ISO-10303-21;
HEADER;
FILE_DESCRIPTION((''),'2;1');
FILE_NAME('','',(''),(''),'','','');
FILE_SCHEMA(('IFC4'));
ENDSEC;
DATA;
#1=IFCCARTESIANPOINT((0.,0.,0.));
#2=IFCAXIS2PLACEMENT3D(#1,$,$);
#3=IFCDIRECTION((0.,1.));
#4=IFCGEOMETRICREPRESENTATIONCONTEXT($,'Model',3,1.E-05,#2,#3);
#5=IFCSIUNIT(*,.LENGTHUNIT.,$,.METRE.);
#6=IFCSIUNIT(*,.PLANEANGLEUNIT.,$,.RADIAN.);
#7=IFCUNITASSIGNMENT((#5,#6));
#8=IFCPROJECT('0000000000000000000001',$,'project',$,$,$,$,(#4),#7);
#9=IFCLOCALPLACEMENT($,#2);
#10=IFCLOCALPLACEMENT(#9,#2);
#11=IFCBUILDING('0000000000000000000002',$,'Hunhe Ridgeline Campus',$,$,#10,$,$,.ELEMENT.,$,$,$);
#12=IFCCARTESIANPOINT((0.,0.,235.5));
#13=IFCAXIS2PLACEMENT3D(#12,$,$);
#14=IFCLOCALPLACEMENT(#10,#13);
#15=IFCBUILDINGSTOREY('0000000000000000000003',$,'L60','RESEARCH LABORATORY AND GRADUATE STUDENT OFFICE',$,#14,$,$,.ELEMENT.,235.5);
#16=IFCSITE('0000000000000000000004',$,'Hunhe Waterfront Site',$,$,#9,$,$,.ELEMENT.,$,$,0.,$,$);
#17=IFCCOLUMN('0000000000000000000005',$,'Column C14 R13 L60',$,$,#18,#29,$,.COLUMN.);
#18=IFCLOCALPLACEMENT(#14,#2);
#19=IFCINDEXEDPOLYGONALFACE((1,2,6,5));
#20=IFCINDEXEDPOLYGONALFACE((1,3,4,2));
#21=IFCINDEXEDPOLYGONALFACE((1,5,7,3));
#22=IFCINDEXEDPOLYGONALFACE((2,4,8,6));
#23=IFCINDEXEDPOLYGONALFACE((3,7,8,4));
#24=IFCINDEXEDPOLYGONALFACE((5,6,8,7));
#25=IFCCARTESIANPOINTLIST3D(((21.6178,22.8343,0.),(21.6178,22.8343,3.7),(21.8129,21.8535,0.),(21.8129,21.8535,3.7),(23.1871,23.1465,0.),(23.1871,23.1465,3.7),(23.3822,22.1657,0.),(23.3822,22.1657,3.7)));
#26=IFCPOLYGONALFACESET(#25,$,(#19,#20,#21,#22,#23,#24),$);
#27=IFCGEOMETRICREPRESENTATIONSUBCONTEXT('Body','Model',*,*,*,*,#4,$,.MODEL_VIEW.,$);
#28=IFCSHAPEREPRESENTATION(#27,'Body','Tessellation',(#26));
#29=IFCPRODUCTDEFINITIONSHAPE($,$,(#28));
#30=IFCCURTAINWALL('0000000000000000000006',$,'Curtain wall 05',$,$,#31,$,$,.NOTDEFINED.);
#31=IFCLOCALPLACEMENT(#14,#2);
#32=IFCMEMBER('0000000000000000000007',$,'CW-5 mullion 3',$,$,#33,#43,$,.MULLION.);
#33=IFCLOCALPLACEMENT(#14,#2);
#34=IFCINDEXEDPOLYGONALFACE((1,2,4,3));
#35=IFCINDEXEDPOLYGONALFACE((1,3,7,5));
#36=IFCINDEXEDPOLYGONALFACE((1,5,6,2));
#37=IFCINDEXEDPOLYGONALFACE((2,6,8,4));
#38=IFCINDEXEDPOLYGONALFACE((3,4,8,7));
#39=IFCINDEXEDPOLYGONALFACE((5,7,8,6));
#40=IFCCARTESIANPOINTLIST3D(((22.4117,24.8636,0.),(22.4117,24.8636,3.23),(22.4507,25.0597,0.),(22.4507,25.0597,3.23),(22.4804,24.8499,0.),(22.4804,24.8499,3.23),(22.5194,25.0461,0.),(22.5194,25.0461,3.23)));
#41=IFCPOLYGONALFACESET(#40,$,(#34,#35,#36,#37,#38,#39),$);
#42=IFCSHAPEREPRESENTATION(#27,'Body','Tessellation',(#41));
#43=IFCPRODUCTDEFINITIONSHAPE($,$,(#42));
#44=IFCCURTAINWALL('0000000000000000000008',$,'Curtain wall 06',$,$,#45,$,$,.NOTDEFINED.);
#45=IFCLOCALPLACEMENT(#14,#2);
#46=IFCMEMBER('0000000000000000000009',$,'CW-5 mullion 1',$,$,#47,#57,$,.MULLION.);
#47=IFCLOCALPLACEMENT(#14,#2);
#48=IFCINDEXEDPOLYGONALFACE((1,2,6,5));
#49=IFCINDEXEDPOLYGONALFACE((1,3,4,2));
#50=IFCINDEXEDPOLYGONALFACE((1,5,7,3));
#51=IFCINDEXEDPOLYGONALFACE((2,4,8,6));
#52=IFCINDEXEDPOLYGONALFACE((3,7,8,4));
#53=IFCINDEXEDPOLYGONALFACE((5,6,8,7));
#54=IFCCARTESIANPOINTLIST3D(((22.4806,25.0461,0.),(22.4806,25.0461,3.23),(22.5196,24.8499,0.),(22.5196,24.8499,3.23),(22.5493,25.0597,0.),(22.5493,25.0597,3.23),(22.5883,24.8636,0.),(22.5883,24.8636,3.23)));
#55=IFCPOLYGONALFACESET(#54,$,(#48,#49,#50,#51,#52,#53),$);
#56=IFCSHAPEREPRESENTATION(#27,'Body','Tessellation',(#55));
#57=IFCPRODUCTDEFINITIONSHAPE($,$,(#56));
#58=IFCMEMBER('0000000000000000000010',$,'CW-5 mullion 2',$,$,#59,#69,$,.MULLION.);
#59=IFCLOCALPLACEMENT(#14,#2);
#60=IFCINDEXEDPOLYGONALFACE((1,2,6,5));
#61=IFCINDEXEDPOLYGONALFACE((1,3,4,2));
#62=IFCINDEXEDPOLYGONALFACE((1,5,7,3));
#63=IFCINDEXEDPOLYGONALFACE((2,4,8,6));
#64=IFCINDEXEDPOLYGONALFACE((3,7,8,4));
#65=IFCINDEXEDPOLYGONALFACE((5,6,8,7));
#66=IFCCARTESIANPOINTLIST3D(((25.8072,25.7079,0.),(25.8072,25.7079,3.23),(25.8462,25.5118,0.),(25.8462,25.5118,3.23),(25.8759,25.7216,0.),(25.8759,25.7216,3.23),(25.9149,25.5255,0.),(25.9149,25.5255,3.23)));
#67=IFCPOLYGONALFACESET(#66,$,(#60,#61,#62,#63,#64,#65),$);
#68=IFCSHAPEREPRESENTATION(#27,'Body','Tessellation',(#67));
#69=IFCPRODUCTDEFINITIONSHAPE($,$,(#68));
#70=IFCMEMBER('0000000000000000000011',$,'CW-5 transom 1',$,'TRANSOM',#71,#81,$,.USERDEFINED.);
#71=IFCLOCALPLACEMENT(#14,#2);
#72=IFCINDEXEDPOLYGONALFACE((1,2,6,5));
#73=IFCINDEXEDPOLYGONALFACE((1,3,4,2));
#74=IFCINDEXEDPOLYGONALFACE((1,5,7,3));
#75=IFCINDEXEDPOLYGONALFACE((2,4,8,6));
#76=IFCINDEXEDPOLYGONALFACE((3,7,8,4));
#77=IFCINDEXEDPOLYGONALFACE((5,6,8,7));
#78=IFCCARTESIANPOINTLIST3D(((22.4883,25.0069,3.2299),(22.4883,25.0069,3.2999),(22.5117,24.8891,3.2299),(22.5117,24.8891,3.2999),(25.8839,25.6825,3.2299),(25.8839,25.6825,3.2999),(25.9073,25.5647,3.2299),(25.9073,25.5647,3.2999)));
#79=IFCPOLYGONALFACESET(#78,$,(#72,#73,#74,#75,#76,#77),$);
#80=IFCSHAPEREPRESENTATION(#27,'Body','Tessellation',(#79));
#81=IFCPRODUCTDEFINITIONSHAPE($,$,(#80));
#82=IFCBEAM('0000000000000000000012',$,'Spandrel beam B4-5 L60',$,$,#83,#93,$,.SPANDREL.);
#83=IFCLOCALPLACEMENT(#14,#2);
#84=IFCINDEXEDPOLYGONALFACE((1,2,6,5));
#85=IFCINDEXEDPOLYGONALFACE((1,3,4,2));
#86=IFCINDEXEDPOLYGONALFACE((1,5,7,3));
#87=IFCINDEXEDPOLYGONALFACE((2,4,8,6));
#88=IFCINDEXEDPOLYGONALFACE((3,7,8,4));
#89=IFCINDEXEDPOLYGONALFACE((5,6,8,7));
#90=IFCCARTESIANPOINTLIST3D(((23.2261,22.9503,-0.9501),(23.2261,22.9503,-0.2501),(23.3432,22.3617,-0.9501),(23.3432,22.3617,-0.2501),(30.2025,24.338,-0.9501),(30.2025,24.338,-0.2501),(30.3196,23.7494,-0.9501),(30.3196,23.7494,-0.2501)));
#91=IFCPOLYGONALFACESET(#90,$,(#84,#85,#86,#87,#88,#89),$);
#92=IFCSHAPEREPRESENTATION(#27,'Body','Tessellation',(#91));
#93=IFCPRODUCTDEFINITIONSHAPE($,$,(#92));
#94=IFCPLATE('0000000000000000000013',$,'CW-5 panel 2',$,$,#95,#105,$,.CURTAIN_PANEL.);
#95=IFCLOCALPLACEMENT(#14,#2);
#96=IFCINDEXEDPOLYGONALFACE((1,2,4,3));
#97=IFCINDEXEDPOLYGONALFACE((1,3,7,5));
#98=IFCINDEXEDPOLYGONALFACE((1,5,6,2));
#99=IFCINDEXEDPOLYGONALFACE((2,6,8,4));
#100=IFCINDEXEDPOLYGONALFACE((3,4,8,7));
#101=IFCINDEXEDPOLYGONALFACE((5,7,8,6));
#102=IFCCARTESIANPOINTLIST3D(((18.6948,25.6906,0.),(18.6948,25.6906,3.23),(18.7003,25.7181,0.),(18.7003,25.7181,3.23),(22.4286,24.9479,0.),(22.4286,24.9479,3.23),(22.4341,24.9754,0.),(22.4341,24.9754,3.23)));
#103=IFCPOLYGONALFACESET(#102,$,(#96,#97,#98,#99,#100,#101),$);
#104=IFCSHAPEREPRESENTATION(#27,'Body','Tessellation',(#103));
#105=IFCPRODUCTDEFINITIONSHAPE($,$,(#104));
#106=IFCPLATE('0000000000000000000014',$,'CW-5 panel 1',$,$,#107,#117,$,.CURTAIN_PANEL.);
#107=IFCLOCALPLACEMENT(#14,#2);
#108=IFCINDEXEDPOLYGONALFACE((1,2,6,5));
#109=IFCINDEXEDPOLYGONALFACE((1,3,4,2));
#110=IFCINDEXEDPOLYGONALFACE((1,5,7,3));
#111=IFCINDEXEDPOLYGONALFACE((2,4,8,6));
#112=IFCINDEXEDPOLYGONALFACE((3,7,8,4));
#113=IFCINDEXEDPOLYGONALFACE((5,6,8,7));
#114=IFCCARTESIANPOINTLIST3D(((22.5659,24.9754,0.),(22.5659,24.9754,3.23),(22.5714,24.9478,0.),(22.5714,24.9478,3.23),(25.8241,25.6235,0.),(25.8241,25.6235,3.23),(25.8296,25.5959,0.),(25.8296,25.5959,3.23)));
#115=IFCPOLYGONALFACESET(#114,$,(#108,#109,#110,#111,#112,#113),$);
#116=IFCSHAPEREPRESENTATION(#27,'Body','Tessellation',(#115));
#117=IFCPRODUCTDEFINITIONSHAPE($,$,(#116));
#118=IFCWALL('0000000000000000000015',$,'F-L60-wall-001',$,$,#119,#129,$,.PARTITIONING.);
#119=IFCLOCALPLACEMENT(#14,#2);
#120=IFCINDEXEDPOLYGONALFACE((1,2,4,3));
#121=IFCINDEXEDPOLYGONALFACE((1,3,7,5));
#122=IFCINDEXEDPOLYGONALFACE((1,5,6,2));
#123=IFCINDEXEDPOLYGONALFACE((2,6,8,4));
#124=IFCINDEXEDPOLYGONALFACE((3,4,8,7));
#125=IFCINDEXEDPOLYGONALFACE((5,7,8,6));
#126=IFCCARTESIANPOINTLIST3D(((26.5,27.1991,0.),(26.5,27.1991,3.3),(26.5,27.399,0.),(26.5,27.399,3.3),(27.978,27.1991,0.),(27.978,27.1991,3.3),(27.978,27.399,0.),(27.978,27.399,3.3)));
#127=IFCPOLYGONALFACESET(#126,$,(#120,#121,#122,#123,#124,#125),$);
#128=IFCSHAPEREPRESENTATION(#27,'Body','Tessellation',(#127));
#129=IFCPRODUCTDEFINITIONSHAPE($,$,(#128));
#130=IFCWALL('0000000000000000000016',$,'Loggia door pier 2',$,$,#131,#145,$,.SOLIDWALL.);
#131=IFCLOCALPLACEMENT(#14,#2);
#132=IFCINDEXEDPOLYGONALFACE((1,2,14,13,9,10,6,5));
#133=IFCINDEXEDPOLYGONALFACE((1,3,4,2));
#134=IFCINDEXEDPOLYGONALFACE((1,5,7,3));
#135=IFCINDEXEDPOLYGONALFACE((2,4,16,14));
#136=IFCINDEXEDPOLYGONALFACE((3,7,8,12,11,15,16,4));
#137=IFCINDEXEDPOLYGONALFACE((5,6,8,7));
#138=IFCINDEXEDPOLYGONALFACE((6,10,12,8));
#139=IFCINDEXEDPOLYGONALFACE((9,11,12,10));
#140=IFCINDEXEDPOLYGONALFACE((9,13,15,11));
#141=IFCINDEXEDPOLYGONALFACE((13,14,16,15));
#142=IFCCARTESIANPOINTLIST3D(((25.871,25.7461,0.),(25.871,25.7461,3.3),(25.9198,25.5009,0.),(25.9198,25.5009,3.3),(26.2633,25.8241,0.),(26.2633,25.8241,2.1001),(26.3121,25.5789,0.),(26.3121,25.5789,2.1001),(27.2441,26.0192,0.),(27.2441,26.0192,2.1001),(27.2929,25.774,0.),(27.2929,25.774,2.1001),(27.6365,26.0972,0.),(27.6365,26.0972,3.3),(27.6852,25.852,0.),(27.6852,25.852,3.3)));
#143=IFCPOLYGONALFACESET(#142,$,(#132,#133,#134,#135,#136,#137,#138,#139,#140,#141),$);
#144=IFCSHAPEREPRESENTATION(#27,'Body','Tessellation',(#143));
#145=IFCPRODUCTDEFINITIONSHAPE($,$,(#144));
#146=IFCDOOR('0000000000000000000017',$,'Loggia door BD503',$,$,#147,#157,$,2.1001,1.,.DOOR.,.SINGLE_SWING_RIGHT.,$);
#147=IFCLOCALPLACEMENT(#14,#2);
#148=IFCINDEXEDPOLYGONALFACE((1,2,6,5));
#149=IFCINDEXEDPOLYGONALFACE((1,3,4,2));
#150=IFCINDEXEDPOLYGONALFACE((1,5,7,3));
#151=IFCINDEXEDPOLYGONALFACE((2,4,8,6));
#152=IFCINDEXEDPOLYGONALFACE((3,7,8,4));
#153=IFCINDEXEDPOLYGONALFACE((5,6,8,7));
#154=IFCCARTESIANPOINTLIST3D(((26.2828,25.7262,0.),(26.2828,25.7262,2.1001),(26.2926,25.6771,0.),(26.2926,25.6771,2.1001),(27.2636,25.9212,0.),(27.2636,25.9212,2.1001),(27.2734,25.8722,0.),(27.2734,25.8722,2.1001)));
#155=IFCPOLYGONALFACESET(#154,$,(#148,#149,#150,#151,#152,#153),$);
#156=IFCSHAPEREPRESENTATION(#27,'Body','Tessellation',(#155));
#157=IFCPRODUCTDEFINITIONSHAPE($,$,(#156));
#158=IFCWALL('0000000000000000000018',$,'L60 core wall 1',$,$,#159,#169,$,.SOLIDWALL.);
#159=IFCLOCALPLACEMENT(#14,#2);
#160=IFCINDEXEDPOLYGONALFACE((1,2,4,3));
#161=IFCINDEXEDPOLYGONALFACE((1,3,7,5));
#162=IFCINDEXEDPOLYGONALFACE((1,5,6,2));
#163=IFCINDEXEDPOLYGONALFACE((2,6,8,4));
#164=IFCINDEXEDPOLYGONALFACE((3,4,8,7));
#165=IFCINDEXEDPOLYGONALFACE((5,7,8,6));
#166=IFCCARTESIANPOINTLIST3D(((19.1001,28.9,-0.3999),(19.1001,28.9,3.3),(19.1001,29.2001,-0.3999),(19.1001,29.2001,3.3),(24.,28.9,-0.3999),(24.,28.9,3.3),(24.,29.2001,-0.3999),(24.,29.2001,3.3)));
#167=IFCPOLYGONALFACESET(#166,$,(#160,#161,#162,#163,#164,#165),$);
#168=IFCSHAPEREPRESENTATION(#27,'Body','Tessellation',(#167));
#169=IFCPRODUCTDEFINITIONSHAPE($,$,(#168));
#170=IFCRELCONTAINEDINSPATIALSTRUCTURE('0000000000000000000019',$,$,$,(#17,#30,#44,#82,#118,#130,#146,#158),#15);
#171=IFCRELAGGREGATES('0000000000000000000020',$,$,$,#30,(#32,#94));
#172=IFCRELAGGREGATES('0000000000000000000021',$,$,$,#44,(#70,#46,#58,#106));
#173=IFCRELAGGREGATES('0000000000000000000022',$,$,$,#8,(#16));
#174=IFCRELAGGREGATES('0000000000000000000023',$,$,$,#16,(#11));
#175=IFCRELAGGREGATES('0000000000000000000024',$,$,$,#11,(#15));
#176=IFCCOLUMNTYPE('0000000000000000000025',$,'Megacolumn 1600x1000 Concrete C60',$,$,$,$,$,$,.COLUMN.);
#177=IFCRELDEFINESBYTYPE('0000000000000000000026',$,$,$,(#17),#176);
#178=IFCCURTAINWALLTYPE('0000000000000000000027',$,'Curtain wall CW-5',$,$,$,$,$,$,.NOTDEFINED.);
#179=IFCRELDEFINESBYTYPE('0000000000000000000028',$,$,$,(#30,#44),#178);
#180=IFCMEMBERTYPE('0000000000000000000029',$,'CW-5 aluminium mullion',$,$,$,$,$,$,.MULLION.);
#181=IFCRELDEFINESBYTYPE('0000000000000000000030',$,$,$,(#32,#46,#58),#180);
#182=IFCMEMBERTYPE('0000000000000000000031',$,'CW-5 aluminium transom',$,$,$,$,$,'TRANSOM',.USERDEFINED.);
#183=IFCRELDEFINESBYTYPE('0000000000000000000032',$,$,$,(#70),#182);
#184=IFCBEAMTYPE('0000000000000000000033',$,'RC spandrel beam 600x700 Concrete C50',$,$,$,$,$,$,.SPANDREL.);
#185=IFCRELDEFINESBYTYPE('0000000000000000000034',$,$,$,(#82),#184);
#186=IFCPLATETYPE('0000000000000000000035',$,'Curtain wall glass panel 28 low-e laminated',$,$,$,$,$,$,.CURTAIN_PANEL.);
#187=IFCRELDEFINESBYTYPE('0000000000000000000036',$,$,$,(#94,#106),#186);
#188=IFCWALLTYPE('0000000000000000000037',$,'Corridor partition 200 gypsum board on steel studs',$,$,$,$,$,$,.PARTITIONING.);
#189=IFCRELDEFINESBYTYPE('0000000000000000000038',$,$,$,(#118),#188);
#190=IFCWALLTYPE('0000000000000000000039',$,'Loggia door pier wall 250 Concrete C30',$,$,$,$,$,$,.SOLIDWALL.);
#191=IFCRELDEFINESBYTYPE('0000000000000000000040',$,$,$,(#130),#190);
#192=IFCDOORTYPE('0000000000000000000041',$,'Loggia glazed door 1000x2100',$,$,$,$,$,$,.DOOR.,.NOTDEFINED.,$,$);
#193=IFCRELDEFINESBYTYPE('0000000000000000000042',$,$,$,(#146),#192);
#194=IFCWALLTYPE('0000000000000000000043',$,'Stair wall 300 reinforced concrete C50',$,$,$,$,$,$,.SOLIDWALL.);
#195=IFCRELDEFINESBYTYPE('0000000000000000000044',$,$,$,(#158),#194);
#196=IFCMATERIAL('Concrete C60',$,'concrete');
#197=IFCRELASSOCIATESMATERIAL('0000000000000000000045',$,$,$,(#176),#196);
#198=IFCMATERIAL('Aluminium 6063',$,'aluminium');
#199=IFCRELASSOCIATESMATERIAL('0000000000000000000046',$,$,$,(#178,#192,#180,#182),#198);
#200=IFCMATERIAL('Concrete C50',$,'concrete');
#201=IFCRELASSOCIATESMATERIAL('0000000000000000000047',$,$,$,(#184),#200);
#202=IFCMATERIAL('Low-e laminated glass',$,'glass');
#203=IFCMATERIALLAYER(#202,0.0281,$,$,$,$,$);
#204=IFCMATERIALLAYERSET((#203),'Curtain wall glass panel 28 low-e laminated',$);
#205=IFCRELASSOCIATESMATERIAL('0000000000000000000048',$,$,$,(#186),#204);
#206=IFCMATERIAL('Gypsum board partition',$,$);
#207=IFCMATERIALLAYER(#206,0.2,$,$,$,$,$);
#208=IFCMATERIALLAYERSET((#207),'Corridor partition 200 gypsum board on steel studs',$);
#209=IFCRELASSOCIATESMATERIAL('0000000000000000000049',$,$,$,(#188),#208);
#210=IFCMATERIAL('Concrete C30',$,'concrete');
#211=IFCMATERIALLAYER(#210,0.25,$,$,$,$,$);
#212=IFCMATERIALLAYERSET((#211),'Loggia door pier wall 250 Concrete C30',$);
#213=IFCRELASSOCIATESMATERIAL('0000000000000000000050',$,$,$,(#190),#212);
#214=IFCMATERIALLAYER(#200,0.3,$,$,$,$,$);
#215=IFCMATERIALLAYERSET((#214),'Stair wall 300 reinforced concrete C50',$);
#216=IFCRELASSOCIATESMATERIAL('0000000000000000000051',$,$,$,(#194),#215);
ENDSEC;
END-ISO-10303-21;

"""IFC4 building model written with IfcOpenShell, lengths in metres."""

from ifc_helpers import new_model, si_unit, direction, frame, frame_2d, origin, origin_2d, place, context, subcontext, project, spatial, rectangle, extrude, material, layer, layer_set, material_profile, profile_set, type_object, element, fill, aggregate, save


model = new_model("IFC4")

# Units and contexts
model_context = context("Model", 3, precision=1e-05, world=origin(), true_north=direction((0.0, 1.0)))
body_context = subcontext(model_context, "Body", "Model", "MODEL_VIEW")
ifc_project = project(units=[si_unit("LENGTHUNIT", "METRE"), si_unit("PLANEANGLEUNIT", "RADIAN")], contexts=[model_context])

# Site, building, storey
site_placement = place(None, origin())
site = spatial("IfcSite", under=ifc_project, at=site_placement, Name="Hunhe Waterfront Site", CompositionType="ELEMENT", RefElevation=0.0)
building_placement = place(site_placement, origin())
building = spatial("IfcBuilding", under=site, at=building_placement, Name="Hunhe Ridgeline Campus", CompositionType="ELEMENT")
storey_placement = place(building_placement, frame((0.0, 0.0, 235.5)))
storey = spatial("IfcBuildingStorey", under=building, at=storey_placement, Name="L60", Description="RESEARCH LABORATORY AND GRADUATE STUDENT OFFICE", CompositionType="ELEMENT", Elevation=235.5)

# Column
ifc_material_1 = material(Name="Concrete C60", Category="concrete")
ifc_material_profile_1 = material_profile(ifc_material_1, rectangle(XDim=1.6001, YDim=1.0, at=origin_2d()))
ifc_profile_set_1 = profile_set([ifc_material_profile_1], Name="Concrete C60")
column_type = type_object("IfcColumnType", Name="Megacolumn 1600x1000 Concrete C60", PredefinedType="COLUMN", material=ifc_profile_set_1)
column_placement = place(storey_placement, frame((22.5, 22.5, 0.0), z_axis=(0.0, 0.0, 1.0), x_axis=(0.980785, 0.19509, 0.0)))
element("IfcColumn", 1, at=column_placement, inside=storey, type_object=column_type, Name="Column C14 R13 L60", PredefinedType="COLUMN", context=body_context, shape_type="SweptSolid", body=[
    extrude(rectangle(XDim=1.6001, YDim=1.0, at=origin_2d()), origin(), (0.0, 0.0, 1.0), 3.7),
])

# Curtain wall, member
ifc_material_2 = material(Name="Aluminium 6063", Category="aluminium")
curtain_wall_type = type_object("IfcCurtainWallType", Name="Curtain wall CW-5", PredefinedType="NOTDEFINED", material=ifc_material_2)
curtain_wall_1_placement = place(storey_placement, origin())
curtain_wall_1 = element("IfcCurtainWall", 2, at=curtain_wall_1_placement, inside=storey, type_object=curtain_wall_type, Name="Curtain wall 05", PredefinedType="NOTDEFINED")
ifc_material_profile_2 = material_profile(ifc_material_2, rectangle(XDim=0.2, YDim=0.0701, at=origin_2d()))
ifc_profile_set_2 = profile_set([ifc_material_profile_2], Name="Aluminium 6063")
member_type_1 = type_object("IfcMemberType", Name="CW-5 aluminium mullion", PredefinedType="MULLION", material=ifc_profile_set_2)
member_1_placement = place(storey_placement, frame((22.4656, 24.9548, 0.0), z_axis=(0.0, 0.0, 1.0), x_axis=(0.19509, 0.980785, 0.0)))
member_1 = element("IfcMember", 3, at=member_1_placement, type_object=member_type_1, Name="CW-5 mullion 3", PredefinedType="MULLION", context=body_context, shape_type="SweptSolid", body=[
    extrude(rectangle(XDim=0.2, YDim=0.0701, at=origin_2d()), origin(), (0.0, 0.0, 1.0), 3.23),
])

# Curtain wall, members
curtain_wall_2_placement = place(storey_placement, origin())
curtain_wall_2 = element("IfcCurtainWall", 4, at=curtain_wall_2_placement, inside=storey, type_object=curtain_wall_type, Name="Curtain wall 06", PredefinedType="NOTDEFINED")
member_2_placement = place(storey_placement, frame((22.5344, 24.9548, 0.0), z_axis=(0.0, 0.0, 1.0), x_axis=(-0.19509, 0.980785, 0.0)))
member_2 = element("IfcMember", 5, at=member_2_placement, type_object=member_type_1, Name="CW-5 mullion 1", PredefinedType="MULLION", context=body_context, shape_type="SweptSolid", body=[
    extrude(rectangle(XDim=0.2, YDim=0.0701, at=origin_2d()), origin(), (0.0, 0.0, 1.0), 3.23),
])
member_3_placement = place(storey_placement, frame((25.8611, 25.6167, 0.0), z_axis=(0.0, 0.0, 1.0), x_axis=(-0.19509, 0.980785, 0.0)))
member_3 = element("IfcMember", 6, at=member_3_placement, type_object=member_type_1, Name="CW-5 mullion 2", PredefinedType="MULLION", context=body_context, shape_type="SweptSolid", body=[
    extrude(rectangle(XDim=0.2, YDim=0.0701, at=origin_2d()), origin(), (0.0, 0.0, 1.0), 3.23),
])
ifc_material_profile_3 = material_profile(ifc_material_2, rectangle(XDim=0.1201, YDim=0.0701, at=origin_2d()))
ifc_profile_set_3 = profile_set([ifc_material_profile_3], Name="Aluminium 6063")
member_type_2 = type_object("IfcMemberType", Name="CW-5 aluminium transom", ElementType="TRANSOM", PredefinedType="USERDEFINED", material=ifc_profile_set_3)
member_4_placement = place(storey_placement, frame((22.5, 24.948, 3.2649), z_axis=(0.980778, 0.195126, 0.0), x_axis=(-0.195126, 0.980778, 0.0)))
member_4 = element("IfcMember", 7, at=member_4_placement, type_object=member_type_2, Name="CW-5 transom 1", ObjectType="TRANSOM", PredefinedType="USERDEFINED", context=body_context, shape_type="SweptSolid", body=[
    extrude(rectangle(XDim=0.1201, YDim=0.0701, at=origin_2d()), origin(), (0.0, 0.0, 1.0), 3.4622),
])

# Beam
ifc_material_3 = material(Name="Concrete C50", Category="concrete")
ifc_material_profile_4 = material_profile(ifc_material_3, rectangle(XDim=0.6001, YDim=0.7, at=origin_2d()))
ifc_profile_set_4 = profile_set([ifc_material_profile_4], Name="Concrete C50")
beam_type = type_object("IfcBeamType", Name="RC spandrel beam 600x700 Concrete C50", PredefinedType="SPANDREL", material=ifc_profile_set_4)
beam_placement = place(storey_placement, frame((23.2847, 22.656, -0.6001), z_axis=(0.980785, 0.195093, 0.0), x_axis=(-0.195093, 0.980785, 0.0)))
element("IfcBeam", 8, at=beam_placement, inside=storey, type_object=beam_type, Name="Spandrel beam B4-5 L60", PredefinedType="SPANDREL", context=body_context, shape_type="SweptSolid", body=[
    extrude(rectangle(XDim=0.6001, YDim=0.7, at=origin_2d()), origin(), (0.0, 0.0, 1.0), 7.113),
])

# Plates
ifc_material_4 = material(Name="Low-e laminated glass", Category="glass")
ifc_layer_1 = layer(ifc_material_4, 0.0281)
ifc_layer_set_1 = layer_set([ifc_layer_1], Name="Curtain wall glass panel 28 low-e laminated")
plate_type = type_object("IfcPlateType", Name="Curtain wall glass panel 28 low-e laminated", PredefinedType="CURTAIN_PANEL", material=ifc_layer_set_1)
plate_1_placement = place(storey_placement, frame((20.5645, 25.333, 0.0), z_axis=(0.0, 0.0, 1.0), x_axis=(0.980785, -0.19509, 0.0)))
plate_1 = element("IfcPlate", 9, at=plate_1_placement, type_object=plate_type, Name="CW-5 panel 2", PredefinedType="CURTAIN_PANEL", context=body_context, shape_type="SweptSolid", body=[
    extrude(rectangle(XDim=3.8069, YDim=0.0281, at=origin_2d()), origin(), (0.0, 0.0, 1.0), 3.23),
])
aggregate(curtain_wall_1, [member_1, plate_1])
plate_2_placement = place(storey_placement, frame((24.1978, 25.2856, 0.0), z_axis=(0.0, 0.0, 1.0), x_axis=(0.980785, 0.19509, 0.0)))
plate_2 = element("IfcPlate", 10, at=plate_2_placement, type_object=plate_type, Name="CW-5 panel 1", PredefinedType="CURTAIN_PANEL", context=body_context, shape_type="SweptSolid", body=[
    extrude(rectangle(XDim=3.322, YDim=0.0281, at=origin_2d()), origin(), (0.0, 0.0, 1.0), 3.23),
])
aggregate(curtain_wall_2, [member_4, member_2, member_3, plate_2])

# Wall
ifc_material_5 = material(Name="Gypsum board partition")
ifc_layer_2 = layer(ifc_material_5, 0.2)
ifc_layer_set_2 = layer_set([ifc_layer_2], Name="Corridor partition 200 gypsum board on steel studs")
wall_type_1 = type_object("IfcWallType", Name="Corridor partition 200 gypsum board on steel studs", PredefinedType="PARTITIONING", material=ifc_layer_set_2)
wall_1_placement = place(storey_placement, frame((26.5, 27.2991, 0.0), z_axis=(0.0, 0.0, 1.0), x_axis=(1.0, 0.0, 0.0)))
element("IfcWall", 11, at=wall_1_placement, inside=storey, type_object=wall_type_1, Name="F-L60-wall-001", PredefinedType="PARTITIONING", context=body_context, shape_type="SweptSolid", body=[
    extrude(rectangle(XDim=1.478, YDim=0.2, at=frame_2d((0.739, 0.0))), origin(), (0.0, 0.0, 1.0), 3.3),
])

# Wall, opening, door
ifc_material_6 = material(Name="Concrete C30", Category="concrete")
ifc_layer_3 = layer(ifc_material_6, 0.25)
ifc_layer_set_3 = layer_set([ifc_layer_3], Name="Loggia door pier wall 250 Concrete C30")
wall_type_2 = type_object("IfcWallType", Name="Loggia door pier wall 250 Concrete C30", PredefinedType="SOLIDWALL", material=ifc_layer_set_3)
wall_2_placement = place(storey_placement, frame((25.8955, 25.6235, 0.0), z_axis=(0.0, 0.0, 1.0), x_axis=(0.980794, 0.195047, 0.0)))
wall_2 = element("IfcWall", 12, at=wall_2_placement, inside=storey, type_object=wall_type_2, Name="Loggia door pier 2", PredefinedType="SOLIDWALL", context=body_context, shape_type="SweptSolid", body=[
    extrude(rectangle(XDim=1.8, YDim=0.25, at=frame_2d((0.8999, 0.0))), origin(), (0.0, 0.0, 1.0), 3.3),
])
opening_1_placement = place(wall_2_placement, frame((0.3999, 0.0, 0.0)))
opening_1 = element("IfcOpeningElement", 13, at=opening_1_placement, cuts=wall_2, PredefinedType="OPENING", context=body_context, shape_type="SweptSolid", body=[
    extrude(rectangle(XDim=1.0, YDim=2.1001, at=frame_2d((0.5, 1.05))), frame((0.0, 0.125, 0.0), z_axis=(0.0, -1.0, 0.0), x_axis=(1.0, 0.0, 0.0)), (0.0, 0.0, 1.0), 0.25),
])
door_type_1 = type_object("IfcDoorType", Name="Loggia glazed door 1000x2100", OperationType="NOTDEFINED", PredefinedType="DOOR", material=ifc_material_2)
door_1_placement = place(opening_1_placement, frame((1.0, 0.0, 0.0), z_axis=(0.0, 0.0, 1.0), x_axis=(-1.0, 0.0, 0.0)))
door_1 = element("IfcDoor", 14, at=door_1_placement, inside=storey, type_object=door_type_1, Name="Loggia door BD503", OperationType="SINGLE_SWING_RIGHT", OverallHeight=2.1001, OverallWidth=1.0, PredefinedType="DOOR", context=body_context, shape_type="SweptSolid", body=[
    extrude(rectangle(XDim=1.0, YDim=2.1001, at=frame_2d((0.5, 1.05))), frame((0.0, 0.0249, 0.0), z_axis=(0.0, -1.0, 0.0), x_axis=(1.0, 0.0, 0.0)), (0.0, 0.0, 1.0), 0.05),
])
fill(opening_1, door_1)

# Wall
ifc_layer_4 = layer(ifc_material_3, 0.3)
ifc_layer_set_4 = layer_set([ifc_layer_4], Name="Stair wall 300 reinforced concrete C50")
wall_type_3 = type_object("IfcWallType", Name="Stair wall 300 reinforced concrete C50", PredefinedType="SOLIDWALL", material=ifc_layer_set_4)
wall_3_placement = place(storey_placement, frame((19.1001, 29.05, -0.3999), z_axis=(0.0, 0.0, 1.0), x_axis=(1.0, 0.0, 0.0)))
element("IfcWall", 15, at=wall_3_placement, inside=storey, type_object=wall_type_3, Name="L60 core wall 1", PredefinedType="SOLIDWALL", context=body_context, shape_type="SweptSolid", body=[
    extrude(rectangle(XDim=4.8999, YDim=0.3, at=frame_2d((2.45, 0.0))), origin(), (0.0, 0.0, 1.0), 3.7),
])

save(model, "model.ifc")
